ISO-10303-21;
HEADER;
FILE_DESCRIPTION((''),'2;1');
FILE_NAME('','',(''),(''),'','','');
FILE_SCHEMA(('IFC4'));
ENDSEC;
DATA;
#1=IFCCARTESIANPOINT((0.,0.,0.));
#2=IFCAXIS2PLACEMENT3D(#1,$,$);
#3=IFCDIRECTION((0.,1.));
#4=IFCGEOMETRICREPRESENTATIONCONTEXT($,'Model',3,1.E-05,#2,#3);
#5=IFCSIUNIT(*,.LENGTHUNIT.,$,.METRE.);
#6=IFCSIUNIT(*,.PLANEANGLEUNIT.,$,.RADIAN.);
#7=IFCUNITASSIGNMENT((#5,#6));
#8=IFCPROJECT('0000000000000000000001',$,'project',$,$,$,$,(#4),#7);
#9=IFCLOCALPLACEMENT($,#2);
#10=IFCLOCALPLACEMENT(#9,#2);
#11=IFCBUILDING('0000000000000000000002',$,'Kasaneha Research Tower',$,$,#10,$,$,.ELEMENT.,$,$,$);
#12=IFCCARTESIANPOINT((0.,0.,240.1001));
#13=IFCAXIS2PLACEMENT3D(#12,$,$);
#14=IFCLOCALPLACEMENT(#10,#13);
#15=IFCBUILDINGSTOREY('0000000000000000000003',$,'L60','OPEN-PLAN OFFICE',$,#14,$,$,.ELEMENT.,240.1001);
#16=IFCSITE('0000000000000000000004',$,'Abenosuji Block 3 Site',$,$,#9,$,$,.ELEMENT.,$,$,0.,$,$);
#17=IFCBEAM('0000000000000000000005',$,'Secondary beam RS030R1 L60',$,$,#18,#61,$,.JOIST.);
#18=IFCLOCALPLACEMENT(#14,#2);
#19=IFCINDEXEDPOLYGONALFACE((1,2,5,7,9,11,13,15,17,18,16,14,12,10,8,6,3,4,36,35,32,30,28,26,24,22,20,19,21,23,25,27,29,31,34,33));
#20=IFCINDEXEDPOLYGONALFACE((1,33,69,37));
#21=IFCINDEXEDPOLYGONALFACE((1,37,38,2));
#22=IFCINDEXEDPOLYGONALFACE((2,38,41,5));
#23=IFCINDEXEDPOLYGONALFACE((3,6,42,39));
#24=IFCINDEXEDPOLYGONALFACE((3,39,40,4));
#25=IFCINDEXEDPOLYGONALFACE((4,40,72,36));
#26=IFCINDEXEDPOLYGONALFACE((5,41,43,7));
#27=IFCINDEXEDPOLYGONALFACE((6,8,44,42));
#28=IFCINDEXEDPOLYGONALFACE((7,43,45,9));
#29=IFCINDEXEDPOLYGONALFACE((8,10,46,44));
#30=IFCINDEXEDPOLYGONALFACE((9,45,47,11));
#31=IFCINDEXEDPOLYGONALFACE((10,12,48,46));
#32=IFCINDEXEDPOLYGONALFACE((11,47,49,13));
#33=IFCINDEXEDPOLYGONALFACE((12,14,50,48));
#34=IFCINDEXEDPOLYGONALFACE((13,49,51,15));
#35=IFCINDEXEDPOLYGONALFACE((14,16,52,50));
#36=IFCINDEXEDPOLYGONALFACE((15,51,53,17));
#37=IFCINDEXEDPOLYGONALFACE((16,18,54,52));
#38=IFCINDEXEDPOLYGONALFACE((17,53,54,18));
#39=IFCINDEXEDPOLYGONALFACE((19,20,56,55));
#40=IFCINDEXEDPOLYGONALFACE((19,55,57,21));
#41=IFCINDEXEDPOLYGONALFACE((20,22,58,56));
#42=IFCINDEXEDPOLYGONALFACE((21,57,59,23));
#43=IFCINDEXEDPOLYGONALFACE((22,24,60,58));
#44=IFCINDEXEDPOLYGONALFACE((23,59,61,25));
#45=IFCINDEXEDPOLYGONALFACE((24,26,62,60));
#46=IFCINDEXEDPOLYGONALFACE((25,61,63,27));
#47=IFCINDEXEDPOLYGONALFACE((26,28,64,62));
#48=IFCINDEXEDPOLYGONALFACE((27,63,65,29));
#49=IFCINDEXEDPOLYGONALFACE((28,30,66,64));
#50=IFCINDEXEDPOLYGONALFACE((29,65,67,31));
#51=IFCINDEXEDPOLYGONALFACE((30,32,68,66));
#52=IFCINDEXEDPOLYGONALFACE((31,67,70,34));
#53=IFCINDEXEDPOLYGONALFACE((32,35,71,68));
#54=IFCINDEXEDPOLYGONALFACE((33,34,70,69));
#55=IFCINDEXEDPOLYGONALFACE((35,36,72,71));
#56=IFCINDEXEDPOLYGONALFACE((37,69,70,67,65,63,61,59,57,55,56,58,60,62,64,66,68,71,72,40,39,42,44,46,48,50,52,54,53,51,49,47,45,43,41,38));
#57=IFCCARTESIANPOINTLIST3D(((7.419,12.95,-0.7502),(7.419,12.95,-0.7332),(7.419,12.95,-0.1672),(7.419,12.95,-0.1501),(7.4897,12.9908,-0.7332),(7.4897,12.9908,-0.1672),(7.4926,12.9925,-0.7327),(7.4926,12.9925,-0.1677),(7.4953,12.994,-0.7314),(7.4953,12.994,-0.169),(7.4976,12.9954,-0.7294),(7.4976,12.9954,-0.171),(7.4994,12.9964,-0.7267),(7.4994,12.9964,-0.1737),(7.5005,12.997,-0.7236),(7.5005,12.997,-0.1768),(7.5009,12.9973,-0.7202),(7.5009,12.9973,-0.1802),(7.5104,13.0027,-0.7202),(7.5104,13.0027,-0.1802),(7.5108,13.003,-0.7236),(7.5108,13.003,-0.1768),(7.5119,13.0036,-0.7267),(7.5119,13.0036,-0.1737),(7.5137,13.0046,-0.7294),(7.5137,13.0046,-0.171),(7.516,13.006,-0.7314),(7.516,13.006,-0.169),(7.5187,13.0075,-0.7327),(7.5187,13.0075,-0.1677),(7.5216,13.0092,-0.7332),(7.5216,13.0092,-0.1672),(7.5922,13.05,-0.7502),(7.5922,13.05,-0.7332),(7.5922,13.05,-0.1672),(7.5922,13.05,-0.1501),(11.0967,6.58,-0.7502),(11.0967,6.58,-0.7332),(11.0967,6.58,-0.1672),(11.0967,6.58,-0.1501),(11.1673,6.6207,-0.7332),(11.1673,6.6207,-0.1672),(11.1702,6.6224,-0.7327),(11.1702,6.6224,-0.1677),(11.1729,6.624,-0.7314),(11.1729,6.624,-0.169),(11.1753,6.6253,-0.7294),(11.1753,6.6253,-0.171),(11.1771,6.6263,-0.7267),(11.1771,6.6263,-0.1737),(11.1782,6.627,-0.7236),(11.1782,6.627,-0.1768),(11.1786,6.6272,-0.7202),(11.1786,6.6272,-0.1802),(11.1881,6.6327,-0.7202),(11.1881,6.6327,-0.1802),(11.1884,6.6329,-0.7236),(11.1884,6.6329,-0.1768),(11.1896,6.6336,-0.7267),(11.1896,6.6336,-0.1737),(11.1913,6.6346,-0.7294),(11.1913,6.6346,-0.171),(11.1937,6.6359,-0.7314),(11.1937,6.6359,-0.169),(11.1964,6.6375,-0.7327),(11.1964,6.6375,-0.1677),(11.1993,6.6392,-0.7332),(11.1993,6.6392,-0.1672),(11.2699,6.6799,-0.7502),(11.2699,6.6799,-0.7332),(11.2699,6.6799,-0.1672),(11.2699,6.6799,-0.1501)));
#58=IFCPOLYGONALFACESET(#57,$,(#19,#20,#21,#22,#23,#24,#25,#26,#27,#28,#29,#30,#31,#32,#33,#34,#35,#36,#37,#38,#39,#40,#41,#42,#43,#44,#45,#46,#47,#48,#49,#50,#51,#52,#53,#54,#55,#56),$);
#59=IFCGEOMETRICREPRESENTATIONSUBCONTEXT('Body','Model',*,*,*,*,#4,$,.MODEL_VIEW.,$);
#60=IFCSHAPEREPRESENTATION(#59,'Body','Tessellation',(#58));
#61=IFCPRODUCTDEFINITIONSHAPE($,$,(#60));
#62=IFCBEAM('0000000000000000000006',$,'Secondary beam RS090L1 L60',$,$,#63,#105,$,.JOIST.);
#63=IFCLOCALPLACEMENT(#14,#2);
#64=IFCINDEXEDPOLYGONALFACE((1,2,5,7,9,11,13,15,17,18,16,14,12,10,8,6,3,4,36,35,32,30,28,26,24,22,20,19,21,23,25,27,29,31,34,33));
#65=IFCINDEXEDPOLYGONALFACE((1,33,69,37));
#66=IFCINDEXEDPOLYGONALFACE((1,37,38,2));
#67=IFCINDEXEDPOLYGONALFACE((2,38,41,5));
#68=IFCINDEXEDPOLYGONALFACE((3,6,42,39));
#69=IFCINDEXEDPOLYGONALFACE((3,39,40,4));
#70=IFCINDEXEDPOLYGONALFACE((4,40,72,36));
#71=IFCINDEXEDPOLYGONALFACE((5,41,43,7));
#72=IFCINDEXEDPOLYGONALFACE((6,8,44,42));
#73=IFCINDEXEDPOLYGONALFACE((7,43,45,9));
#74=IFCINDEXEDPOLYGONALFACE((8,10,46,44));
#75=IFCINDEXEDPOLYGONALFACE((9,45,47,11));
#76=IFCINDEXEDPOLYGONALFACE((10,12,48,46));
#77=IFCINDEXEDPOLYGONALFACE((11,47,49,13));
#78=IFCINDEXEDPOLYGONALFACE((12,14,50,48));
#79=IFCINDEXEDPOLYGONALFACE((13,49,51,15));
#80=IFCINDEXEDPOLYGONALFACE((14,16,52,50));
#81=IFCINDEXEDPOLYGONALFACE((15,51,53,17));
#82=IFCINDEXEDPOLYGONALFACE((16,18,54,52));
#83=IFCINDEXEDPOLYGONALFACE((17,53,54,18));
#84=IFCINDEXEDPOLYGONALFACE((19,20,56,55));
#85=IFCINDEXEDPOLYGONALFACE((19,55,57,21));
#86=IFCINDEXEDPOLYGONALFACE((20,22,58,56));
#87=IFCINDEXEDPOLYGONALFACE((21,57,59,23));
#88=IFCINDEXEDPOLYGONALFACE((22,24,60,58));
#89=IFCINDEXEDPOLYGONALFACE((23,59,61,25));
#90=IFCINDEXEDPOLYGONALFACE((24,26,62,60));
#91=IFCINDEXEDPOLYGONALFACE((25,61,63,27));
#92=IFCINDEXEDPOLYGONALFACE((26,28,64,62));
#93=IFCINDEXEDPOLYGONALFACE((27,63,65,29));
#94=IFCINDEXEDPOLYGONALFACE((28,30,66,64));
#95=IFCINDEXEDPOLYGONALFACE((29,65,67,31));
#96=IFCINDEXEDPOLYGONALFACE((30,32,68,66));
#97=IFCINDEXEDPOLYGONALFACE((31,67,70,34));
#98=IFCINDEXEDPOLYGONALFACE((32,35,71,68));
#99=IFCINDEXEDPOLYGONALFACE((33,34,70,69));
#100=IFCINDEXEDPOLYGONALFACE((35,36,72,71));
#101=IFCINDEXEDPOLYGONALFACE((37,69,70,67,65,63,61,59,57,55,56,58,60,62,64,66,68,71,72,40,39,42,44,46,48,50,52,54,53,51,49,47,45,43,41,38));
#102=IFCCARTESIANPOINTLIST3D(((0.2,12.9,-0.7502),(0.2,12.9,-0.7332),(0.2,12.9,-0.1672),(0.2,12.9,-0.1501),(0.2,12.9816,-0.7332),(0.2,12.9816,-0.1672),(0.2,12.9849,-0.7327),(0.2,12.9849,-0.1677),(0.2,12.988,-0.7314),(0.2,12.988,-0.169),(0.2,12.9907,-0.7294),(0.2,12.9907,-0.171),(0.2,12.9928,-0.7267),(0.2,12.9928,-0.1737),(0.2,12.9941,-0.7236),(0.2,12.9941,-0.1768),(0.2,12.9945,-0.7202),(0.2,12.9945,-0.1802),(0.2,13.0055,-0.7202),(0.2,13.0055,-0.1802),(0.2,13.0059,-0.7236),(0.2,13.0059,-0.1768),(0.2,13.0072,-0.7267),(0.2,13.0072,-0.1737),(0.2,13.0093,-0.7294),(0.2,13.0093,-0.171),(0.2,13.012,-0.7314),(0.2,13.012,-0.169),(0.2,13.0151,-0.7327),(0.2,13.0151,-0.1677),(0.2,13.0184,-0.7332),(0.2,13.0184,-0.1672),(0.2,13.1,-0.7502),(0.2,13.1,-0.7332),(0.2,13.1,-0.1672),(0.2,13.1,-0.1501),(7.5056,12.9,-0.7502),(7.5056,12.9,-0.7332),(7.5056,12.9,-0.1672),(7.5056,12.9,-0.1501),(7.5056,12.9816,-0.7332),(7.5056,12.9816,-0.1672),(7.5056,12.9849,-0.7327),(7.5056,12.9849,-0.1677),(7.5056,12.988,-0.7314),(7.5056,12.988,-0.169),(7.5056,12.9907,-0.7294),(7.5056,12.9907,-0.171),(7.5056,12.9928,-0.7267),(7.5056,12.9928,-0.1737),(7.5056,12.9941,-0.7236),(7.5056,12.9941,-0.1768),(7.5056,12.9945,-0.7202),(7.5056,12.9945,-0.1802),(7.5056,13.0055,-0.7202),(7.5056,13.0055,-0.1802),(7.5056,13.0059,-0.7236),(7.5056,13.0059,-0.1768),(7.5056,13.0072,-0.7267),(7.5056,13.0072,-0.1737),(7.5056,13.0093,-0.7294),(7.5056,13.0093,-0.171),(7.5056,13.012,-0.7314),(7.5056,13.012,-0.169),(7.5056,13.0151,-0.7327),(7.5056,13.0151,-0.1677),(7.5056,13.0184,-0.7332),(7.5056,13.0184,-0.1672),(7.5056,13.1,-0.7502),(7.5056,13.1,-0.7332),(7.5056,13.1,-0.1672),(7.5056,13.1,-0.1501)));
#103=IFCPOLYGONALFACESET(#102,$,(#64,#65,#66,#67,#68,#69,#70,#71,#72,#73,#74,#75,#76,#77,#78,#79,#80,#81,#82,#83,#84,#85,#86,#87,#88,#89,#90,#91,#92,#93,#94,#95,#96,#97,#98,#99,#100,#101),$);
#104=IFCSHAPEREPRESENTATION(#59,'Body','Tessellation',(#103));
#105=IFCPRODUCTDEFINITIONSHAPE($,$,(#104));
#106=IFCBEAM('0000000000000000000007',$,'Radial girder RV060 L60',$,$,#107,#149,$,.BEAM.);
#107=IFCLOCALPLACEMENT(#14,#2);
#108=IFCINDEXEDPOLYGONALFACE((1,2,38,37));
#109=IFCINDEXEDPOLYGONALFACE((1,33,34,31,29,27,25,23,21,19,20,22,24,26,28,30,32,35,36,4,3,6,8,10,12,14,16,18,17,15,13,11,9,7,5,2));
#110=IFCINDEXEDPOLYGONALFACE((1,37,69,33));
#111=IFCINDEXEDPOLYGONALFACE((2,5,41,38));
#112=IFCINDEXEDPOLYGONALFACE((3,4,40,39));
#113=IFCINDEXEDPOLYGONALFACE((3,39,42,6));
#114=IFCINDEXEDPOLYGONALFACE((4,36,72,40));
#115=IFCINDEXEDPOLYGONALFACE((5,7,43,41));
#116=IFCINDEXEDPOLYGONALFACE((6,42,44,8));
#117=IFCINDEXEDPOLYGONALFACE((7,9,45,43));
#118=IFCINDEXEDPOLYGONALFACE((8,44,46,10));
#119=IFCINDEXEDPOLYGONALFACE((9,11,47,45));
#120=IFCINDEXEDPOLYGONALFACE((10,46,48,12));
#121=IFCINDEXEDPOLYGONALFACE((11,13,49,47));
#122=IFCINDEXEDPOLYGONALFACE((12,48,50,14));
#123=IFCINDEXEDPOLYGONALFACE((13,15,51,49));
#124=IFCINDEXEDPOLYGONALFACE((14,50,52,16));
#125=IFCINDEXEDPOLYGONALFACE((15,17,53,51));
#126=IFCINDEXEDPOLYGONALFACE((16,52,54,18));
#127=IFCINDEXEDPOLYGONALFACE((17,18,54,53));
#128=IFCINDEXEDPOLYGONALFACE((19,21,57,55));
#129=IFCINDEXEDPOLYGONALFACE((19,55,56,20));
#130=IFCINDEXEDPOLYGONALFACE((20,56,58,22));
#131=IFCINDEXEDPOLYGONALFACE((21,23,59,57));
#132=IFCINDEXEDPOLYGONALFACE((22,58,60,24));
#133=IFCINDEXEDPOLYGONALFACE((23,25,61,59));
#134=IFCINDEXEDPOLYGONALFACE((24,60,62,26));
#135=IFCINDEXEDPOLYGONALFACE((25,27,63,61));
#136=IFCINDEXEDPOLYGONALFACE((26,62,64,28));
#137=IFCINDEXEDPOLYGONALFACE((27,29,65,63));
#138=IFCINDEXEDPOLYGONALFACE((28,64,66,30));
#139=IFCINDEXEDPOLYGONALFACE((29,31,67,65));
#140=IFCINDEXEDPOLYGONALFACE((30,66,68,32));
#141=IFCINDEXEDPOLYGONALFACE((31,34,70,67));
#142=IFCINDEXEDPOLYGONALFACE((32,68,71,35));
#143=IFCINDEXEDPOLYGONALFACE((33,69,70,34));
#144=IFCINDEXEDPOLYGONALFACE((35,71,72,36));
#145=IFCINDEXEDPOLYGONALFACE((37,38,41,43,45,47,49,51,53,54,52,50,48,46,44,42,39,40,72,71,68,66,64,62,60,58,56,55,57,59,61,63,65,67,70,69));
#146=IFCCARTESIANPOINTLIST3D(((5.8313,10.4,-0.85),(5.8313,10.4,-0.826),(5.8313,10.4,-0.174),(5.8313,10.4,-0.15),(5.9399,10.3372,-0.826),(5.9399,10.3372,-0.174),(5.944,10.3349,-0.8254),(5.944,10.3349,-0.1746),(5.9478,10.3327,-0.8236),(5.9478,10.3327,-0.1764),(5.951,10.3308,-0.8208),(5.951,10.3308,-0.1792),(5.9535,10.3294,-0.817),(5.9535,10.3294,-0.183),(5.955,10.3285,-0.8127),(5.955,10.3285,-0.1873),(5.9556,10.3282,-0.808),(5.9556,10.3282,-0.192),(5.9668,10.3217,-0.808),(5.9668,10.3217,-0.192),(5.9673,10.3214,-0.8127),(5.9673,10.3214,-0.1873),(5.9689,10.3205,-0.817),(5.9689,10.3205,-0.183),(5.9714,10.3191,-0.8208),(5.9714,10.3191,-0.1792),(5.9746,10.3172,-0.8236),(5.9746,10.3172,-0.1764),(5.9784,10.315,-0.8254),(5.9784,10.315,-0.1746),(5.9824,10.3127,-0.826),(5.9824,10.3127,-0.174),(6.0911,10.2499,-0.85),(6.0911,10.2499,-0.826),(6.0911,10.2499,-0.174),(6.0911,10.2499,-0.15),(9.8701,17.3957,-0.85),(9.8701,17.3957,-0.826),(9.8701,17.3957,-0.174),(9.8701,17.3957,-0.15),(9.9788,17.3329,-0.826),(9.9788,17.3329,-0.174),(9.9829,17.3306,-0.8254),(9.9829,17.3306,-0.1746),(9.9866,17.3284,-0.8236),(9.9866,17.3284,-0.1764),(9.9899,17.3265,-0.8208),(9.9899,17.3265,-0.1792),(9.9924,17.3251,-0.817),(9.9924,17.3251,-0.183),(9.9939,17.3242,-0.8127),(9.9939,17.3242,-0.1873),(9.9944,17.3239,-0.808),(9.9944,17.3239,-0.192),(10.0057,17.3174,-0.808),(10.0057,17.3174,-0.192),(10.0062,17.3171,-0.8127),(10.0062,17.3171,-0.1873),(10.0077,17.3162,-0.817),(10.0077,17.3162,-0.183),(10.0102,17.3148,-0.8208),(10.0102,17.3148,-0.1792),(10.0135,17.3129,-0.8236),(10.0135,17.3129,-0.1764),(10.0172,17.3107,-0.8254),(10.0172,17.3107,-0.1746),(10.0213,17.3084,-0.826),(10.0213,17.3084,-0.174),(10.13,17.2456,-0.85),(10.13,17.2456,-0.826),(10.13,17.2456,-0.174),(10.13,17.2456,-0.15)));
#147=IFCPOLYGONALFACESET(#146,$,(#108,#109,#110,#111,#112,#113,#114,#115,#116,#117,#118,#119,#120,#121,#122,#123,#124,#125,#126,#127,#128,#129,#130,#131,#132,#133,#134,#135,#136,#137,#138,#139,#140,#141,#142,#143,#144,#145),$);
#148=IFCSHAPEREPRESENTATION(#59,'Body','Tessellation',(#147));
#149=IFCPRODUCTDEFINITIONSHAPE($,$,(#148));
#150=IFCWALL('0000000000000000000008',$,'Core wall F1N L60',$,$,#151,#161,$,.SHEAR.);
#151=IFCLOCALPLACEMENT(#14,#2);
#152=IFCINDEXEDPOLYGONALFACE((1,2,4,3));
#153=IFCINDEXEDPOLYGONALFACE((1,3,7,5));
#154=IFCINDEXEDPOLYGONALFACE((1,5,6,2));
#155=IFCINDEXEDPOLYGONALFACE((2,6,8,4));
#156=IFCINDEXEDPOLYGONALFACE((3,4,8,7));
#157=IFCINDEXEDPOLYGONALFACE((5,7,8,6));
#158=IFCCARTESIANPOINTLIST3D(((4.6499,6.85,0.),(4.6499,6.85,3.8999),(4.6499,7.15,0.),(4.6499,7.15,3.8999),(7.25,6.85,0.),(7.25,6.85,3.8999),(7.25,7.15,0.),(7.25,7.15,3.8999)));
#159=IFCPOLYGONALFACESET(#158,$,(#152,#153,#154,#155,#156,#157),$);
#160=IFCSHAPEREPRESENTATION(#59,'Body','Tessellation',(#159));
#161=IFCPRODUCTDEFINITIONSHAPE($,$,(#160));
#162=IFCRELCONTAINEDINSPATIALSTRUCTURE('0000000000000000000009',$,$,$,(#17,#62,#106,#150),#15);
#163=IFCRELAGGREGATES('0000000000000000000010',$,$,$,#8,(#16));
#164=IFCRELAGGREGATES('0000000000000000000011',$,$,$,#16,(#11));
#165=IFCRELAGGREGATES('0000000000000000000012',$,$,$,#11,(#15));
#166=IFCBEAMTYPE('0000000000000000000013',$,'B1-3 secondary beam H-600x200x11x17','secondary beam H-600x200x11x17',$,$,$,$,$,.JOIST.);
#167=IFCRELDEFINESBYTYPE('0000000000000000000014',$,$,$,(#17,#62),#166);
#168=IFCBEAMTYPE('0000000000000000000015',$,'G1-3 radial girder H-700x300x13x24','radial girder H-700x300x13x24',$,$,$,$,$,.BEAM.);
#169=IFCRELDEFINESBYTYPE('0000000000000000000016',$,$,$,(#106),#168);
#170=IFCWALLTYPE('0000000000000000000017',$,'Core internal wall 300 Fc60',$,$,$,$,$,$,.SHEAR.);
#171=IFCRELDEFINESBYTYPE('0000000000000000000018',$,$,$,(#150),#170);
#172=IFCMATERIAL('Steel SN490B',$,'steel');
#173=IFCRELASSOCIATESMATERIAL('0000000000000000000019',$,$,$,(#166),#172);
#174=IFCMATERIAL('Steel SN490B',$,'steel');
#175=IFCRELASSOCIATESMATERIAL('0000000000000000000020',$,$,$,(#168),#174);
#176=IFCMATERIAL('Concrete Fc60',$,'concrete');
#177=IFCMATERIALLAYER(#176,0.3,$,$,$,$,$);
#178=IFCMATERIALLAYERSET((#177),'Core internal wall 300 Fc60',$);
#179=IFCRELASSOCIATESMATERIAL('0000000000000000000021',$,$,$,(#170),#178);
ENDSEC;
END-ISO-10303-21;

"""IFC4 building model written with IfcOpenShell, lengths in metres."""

from ifc_helpers import new_model, si_unit, direction, frame, frame_2d, origin, origin_2d, place, context, subcontext, project, spatial, rectangle, i_section, extrude, material, layer, layer_set, material_profile, profile_set, type_object, element, save


model = new_model("IFC4")

# Units and contexts
model_context = context("Model", 3, precision=1e-05, world=origin(), true_north=direction((0.0, 1.0)))
body_context = subcontext(model_context, "Body", "Model", "MODEL_VIEW")
ifc_project = project(units=[si_unit("LENGTHUNIT", "METRE"), si_unit("PLANEANGLEUNIT", "RADIAN")], contexts=[model_context])

# Site, building, storey
site_placement = place(None, origin())
site = spatial("IfcSite", under=ifc_project, at=site_placement, Name="Abenosuji Block 3 Site", CompositionType="ELEMENT", RefElevation=0.0)
building_placement = place(site_placement, origin())
building = spatial("IfcBuilding", under=site, at=building_placement, Name="Kasaneha Research Tower", CompositionType="ELEMENT")
storey_placement = place(building_placement, frame((0.0, 0.0, 240.1001)))
storey = spatial("IfcBuildingStorey", under=building, at=storey_placement, Name="L60", Description="OPEN-PLAN OFFICE", CompositionType="ELEMENT", Elevation=240.1001)

# Beams
ifc_material_1 = material(Name="Steel SN490B", Category="steel")
ifc_material_profile_1 = material_profile(ifc_material_1, i_section(OverallWidth=0.2, OverallDepth=0.6001, WebThickness=0.011, FlangeThickness=0.0171, FilletRadius=0.0129, at=origin_2d()), Name="H-600x200x11x17")
ifc_profile_set_1 = profile_set([ifc_material_profile_1], Name="Steel SN490B")
beam_type_1 = type_object("IfcBeamType", Name="B1-3 secondary beam H-600x200x11x17", Description="secondary beam H-600x200x11x17", PredefinedType="JOIST", material=ifc_profile_set_1)
beam_1_placement = place(storey_placement, frame((7.5056, 13.0, -0.4502), z_axis=(0.499994, -0.866029, 0.0), x_axis=(0.866029, 0.499994, 0.0)))
element("IfcBeam", 1, at=beam_1_placement, inside=storey, type_object=beam_type_1, Name="Secondary beam RS030R1 L60", PredefinedType="JOIST", context=body_context, shape_type="SweptSolid", body=[
    extrude(i_section(OverallWidth=0.2, OverallDepth=0.6001, WebThickness=0.011, FlangeThickness=0.0171, FilletRadius=0.0129, at=origin_2d()), origin(), (0.0, 0.0, 1.0), 7.3555),
])
beam_2_placement = place(storey_placement, frame((7.5056, 13.0, -0.4502), z_axis=(-1.0, 0.0, 0.0), x_axis=(0.0, -1.0, 0.0)))
element("IfcBeam", 2, at=beam_2_placement, inside=storey, type_object=beam_type_1, Name="Secondary beam RS090L1 L60", PredefinedType="JOIST", context=body_context, shape_type="SweptSolid", body=[
    extrude(i_section(OverallWidth=0.2, OverallDepth=0.6001, WebThickness=0.011, FlangeThickness=0.0171, FilletRadius=0.0129, at=origin_2d()), origin(), (0.0, 0.0, 1.0), 7.3057),
])
ifc_material_2 = material(Name="Steel SN490B", Category="steel")
ifc_material_profile_2 = material_profile(ifc_material_2, i_section(OverallWidth=0.3, OverallDepth=0.7, WebThickness=0.0129, FlangeThickness=0.0239, FilletRadius=0.0181, at=origin_2d()), Name="H-700x300x13x24")
ifc_profile_set_2 = profile_set([ifc_material_profile_2], Name="Steel SN490B")
beam_type_2 = type_object("IfcBeamType", Name="G1-3 radial girder H-700x300x13x24", Description="radial girder H-700x300x13x24", PredefinedType="BEAM", material=ifc_profile_set_2)
beam_3_placement = place(storey_placement, frame((5.9612, 10.325, -0.5), z_axis=(0.499991, 0.866031, 0.0), x_axis=(-0.866031, 0.499991, 0.0)))
element("IfcBeam", 3, at=beam_3_placement, inside=storey, type_object=beam_type_2, Name="Radial girder RV060 L60", PredefinedType="BEAM", context=body_context, shape_type="SweptSolid", body=[
    extrude(i_section(OverallWidth=0.3, OverallDepth=0.7, WebThickness=0.0129, FlangeThickness=0.0239, FilletRadius=0.0181, at=origin_2d()), origin(), (0.0, 0.0, 1.0), 8.0779),
])

# Wall
ifc_material_3 = material(Name="Concrete Fc60", Category="concrete")
ifc_layer_1 = layer(ifc_material_3, 0.3)
ifc_layer_set_1 = layer_set([ifc_layer_1], Name="Core internal wall 300 Fc60")
wall_type_1 = type_object("IfcWallType", Name="Core internal wall 300 Fc60", PredefinedType="SHEAR", material=ifc_layer_set_1)
wall_1_placement = place(storey_placement, frame((4.6499, 7.0, 0.0), z_axis=(0.0, 0.0, 1.0), x_axis=(1.0, 0.0, 0.0)))
element("IfcWall", 4, at=wall_1_placement, inside=storey, type_object=wall_type_1, Name="Core wall F1N L60", PredefinedType="SHEAR", context=body_context, shape_type="SweptSolid", body=[
    extrude(rectangle(XDim=2.6001, YDim=0.3, at=frame_2d((1.3, 0.0))), origin(), (0.0, 0.0, 1.0), 3.8999),
])

save(model, "model.ifc")
